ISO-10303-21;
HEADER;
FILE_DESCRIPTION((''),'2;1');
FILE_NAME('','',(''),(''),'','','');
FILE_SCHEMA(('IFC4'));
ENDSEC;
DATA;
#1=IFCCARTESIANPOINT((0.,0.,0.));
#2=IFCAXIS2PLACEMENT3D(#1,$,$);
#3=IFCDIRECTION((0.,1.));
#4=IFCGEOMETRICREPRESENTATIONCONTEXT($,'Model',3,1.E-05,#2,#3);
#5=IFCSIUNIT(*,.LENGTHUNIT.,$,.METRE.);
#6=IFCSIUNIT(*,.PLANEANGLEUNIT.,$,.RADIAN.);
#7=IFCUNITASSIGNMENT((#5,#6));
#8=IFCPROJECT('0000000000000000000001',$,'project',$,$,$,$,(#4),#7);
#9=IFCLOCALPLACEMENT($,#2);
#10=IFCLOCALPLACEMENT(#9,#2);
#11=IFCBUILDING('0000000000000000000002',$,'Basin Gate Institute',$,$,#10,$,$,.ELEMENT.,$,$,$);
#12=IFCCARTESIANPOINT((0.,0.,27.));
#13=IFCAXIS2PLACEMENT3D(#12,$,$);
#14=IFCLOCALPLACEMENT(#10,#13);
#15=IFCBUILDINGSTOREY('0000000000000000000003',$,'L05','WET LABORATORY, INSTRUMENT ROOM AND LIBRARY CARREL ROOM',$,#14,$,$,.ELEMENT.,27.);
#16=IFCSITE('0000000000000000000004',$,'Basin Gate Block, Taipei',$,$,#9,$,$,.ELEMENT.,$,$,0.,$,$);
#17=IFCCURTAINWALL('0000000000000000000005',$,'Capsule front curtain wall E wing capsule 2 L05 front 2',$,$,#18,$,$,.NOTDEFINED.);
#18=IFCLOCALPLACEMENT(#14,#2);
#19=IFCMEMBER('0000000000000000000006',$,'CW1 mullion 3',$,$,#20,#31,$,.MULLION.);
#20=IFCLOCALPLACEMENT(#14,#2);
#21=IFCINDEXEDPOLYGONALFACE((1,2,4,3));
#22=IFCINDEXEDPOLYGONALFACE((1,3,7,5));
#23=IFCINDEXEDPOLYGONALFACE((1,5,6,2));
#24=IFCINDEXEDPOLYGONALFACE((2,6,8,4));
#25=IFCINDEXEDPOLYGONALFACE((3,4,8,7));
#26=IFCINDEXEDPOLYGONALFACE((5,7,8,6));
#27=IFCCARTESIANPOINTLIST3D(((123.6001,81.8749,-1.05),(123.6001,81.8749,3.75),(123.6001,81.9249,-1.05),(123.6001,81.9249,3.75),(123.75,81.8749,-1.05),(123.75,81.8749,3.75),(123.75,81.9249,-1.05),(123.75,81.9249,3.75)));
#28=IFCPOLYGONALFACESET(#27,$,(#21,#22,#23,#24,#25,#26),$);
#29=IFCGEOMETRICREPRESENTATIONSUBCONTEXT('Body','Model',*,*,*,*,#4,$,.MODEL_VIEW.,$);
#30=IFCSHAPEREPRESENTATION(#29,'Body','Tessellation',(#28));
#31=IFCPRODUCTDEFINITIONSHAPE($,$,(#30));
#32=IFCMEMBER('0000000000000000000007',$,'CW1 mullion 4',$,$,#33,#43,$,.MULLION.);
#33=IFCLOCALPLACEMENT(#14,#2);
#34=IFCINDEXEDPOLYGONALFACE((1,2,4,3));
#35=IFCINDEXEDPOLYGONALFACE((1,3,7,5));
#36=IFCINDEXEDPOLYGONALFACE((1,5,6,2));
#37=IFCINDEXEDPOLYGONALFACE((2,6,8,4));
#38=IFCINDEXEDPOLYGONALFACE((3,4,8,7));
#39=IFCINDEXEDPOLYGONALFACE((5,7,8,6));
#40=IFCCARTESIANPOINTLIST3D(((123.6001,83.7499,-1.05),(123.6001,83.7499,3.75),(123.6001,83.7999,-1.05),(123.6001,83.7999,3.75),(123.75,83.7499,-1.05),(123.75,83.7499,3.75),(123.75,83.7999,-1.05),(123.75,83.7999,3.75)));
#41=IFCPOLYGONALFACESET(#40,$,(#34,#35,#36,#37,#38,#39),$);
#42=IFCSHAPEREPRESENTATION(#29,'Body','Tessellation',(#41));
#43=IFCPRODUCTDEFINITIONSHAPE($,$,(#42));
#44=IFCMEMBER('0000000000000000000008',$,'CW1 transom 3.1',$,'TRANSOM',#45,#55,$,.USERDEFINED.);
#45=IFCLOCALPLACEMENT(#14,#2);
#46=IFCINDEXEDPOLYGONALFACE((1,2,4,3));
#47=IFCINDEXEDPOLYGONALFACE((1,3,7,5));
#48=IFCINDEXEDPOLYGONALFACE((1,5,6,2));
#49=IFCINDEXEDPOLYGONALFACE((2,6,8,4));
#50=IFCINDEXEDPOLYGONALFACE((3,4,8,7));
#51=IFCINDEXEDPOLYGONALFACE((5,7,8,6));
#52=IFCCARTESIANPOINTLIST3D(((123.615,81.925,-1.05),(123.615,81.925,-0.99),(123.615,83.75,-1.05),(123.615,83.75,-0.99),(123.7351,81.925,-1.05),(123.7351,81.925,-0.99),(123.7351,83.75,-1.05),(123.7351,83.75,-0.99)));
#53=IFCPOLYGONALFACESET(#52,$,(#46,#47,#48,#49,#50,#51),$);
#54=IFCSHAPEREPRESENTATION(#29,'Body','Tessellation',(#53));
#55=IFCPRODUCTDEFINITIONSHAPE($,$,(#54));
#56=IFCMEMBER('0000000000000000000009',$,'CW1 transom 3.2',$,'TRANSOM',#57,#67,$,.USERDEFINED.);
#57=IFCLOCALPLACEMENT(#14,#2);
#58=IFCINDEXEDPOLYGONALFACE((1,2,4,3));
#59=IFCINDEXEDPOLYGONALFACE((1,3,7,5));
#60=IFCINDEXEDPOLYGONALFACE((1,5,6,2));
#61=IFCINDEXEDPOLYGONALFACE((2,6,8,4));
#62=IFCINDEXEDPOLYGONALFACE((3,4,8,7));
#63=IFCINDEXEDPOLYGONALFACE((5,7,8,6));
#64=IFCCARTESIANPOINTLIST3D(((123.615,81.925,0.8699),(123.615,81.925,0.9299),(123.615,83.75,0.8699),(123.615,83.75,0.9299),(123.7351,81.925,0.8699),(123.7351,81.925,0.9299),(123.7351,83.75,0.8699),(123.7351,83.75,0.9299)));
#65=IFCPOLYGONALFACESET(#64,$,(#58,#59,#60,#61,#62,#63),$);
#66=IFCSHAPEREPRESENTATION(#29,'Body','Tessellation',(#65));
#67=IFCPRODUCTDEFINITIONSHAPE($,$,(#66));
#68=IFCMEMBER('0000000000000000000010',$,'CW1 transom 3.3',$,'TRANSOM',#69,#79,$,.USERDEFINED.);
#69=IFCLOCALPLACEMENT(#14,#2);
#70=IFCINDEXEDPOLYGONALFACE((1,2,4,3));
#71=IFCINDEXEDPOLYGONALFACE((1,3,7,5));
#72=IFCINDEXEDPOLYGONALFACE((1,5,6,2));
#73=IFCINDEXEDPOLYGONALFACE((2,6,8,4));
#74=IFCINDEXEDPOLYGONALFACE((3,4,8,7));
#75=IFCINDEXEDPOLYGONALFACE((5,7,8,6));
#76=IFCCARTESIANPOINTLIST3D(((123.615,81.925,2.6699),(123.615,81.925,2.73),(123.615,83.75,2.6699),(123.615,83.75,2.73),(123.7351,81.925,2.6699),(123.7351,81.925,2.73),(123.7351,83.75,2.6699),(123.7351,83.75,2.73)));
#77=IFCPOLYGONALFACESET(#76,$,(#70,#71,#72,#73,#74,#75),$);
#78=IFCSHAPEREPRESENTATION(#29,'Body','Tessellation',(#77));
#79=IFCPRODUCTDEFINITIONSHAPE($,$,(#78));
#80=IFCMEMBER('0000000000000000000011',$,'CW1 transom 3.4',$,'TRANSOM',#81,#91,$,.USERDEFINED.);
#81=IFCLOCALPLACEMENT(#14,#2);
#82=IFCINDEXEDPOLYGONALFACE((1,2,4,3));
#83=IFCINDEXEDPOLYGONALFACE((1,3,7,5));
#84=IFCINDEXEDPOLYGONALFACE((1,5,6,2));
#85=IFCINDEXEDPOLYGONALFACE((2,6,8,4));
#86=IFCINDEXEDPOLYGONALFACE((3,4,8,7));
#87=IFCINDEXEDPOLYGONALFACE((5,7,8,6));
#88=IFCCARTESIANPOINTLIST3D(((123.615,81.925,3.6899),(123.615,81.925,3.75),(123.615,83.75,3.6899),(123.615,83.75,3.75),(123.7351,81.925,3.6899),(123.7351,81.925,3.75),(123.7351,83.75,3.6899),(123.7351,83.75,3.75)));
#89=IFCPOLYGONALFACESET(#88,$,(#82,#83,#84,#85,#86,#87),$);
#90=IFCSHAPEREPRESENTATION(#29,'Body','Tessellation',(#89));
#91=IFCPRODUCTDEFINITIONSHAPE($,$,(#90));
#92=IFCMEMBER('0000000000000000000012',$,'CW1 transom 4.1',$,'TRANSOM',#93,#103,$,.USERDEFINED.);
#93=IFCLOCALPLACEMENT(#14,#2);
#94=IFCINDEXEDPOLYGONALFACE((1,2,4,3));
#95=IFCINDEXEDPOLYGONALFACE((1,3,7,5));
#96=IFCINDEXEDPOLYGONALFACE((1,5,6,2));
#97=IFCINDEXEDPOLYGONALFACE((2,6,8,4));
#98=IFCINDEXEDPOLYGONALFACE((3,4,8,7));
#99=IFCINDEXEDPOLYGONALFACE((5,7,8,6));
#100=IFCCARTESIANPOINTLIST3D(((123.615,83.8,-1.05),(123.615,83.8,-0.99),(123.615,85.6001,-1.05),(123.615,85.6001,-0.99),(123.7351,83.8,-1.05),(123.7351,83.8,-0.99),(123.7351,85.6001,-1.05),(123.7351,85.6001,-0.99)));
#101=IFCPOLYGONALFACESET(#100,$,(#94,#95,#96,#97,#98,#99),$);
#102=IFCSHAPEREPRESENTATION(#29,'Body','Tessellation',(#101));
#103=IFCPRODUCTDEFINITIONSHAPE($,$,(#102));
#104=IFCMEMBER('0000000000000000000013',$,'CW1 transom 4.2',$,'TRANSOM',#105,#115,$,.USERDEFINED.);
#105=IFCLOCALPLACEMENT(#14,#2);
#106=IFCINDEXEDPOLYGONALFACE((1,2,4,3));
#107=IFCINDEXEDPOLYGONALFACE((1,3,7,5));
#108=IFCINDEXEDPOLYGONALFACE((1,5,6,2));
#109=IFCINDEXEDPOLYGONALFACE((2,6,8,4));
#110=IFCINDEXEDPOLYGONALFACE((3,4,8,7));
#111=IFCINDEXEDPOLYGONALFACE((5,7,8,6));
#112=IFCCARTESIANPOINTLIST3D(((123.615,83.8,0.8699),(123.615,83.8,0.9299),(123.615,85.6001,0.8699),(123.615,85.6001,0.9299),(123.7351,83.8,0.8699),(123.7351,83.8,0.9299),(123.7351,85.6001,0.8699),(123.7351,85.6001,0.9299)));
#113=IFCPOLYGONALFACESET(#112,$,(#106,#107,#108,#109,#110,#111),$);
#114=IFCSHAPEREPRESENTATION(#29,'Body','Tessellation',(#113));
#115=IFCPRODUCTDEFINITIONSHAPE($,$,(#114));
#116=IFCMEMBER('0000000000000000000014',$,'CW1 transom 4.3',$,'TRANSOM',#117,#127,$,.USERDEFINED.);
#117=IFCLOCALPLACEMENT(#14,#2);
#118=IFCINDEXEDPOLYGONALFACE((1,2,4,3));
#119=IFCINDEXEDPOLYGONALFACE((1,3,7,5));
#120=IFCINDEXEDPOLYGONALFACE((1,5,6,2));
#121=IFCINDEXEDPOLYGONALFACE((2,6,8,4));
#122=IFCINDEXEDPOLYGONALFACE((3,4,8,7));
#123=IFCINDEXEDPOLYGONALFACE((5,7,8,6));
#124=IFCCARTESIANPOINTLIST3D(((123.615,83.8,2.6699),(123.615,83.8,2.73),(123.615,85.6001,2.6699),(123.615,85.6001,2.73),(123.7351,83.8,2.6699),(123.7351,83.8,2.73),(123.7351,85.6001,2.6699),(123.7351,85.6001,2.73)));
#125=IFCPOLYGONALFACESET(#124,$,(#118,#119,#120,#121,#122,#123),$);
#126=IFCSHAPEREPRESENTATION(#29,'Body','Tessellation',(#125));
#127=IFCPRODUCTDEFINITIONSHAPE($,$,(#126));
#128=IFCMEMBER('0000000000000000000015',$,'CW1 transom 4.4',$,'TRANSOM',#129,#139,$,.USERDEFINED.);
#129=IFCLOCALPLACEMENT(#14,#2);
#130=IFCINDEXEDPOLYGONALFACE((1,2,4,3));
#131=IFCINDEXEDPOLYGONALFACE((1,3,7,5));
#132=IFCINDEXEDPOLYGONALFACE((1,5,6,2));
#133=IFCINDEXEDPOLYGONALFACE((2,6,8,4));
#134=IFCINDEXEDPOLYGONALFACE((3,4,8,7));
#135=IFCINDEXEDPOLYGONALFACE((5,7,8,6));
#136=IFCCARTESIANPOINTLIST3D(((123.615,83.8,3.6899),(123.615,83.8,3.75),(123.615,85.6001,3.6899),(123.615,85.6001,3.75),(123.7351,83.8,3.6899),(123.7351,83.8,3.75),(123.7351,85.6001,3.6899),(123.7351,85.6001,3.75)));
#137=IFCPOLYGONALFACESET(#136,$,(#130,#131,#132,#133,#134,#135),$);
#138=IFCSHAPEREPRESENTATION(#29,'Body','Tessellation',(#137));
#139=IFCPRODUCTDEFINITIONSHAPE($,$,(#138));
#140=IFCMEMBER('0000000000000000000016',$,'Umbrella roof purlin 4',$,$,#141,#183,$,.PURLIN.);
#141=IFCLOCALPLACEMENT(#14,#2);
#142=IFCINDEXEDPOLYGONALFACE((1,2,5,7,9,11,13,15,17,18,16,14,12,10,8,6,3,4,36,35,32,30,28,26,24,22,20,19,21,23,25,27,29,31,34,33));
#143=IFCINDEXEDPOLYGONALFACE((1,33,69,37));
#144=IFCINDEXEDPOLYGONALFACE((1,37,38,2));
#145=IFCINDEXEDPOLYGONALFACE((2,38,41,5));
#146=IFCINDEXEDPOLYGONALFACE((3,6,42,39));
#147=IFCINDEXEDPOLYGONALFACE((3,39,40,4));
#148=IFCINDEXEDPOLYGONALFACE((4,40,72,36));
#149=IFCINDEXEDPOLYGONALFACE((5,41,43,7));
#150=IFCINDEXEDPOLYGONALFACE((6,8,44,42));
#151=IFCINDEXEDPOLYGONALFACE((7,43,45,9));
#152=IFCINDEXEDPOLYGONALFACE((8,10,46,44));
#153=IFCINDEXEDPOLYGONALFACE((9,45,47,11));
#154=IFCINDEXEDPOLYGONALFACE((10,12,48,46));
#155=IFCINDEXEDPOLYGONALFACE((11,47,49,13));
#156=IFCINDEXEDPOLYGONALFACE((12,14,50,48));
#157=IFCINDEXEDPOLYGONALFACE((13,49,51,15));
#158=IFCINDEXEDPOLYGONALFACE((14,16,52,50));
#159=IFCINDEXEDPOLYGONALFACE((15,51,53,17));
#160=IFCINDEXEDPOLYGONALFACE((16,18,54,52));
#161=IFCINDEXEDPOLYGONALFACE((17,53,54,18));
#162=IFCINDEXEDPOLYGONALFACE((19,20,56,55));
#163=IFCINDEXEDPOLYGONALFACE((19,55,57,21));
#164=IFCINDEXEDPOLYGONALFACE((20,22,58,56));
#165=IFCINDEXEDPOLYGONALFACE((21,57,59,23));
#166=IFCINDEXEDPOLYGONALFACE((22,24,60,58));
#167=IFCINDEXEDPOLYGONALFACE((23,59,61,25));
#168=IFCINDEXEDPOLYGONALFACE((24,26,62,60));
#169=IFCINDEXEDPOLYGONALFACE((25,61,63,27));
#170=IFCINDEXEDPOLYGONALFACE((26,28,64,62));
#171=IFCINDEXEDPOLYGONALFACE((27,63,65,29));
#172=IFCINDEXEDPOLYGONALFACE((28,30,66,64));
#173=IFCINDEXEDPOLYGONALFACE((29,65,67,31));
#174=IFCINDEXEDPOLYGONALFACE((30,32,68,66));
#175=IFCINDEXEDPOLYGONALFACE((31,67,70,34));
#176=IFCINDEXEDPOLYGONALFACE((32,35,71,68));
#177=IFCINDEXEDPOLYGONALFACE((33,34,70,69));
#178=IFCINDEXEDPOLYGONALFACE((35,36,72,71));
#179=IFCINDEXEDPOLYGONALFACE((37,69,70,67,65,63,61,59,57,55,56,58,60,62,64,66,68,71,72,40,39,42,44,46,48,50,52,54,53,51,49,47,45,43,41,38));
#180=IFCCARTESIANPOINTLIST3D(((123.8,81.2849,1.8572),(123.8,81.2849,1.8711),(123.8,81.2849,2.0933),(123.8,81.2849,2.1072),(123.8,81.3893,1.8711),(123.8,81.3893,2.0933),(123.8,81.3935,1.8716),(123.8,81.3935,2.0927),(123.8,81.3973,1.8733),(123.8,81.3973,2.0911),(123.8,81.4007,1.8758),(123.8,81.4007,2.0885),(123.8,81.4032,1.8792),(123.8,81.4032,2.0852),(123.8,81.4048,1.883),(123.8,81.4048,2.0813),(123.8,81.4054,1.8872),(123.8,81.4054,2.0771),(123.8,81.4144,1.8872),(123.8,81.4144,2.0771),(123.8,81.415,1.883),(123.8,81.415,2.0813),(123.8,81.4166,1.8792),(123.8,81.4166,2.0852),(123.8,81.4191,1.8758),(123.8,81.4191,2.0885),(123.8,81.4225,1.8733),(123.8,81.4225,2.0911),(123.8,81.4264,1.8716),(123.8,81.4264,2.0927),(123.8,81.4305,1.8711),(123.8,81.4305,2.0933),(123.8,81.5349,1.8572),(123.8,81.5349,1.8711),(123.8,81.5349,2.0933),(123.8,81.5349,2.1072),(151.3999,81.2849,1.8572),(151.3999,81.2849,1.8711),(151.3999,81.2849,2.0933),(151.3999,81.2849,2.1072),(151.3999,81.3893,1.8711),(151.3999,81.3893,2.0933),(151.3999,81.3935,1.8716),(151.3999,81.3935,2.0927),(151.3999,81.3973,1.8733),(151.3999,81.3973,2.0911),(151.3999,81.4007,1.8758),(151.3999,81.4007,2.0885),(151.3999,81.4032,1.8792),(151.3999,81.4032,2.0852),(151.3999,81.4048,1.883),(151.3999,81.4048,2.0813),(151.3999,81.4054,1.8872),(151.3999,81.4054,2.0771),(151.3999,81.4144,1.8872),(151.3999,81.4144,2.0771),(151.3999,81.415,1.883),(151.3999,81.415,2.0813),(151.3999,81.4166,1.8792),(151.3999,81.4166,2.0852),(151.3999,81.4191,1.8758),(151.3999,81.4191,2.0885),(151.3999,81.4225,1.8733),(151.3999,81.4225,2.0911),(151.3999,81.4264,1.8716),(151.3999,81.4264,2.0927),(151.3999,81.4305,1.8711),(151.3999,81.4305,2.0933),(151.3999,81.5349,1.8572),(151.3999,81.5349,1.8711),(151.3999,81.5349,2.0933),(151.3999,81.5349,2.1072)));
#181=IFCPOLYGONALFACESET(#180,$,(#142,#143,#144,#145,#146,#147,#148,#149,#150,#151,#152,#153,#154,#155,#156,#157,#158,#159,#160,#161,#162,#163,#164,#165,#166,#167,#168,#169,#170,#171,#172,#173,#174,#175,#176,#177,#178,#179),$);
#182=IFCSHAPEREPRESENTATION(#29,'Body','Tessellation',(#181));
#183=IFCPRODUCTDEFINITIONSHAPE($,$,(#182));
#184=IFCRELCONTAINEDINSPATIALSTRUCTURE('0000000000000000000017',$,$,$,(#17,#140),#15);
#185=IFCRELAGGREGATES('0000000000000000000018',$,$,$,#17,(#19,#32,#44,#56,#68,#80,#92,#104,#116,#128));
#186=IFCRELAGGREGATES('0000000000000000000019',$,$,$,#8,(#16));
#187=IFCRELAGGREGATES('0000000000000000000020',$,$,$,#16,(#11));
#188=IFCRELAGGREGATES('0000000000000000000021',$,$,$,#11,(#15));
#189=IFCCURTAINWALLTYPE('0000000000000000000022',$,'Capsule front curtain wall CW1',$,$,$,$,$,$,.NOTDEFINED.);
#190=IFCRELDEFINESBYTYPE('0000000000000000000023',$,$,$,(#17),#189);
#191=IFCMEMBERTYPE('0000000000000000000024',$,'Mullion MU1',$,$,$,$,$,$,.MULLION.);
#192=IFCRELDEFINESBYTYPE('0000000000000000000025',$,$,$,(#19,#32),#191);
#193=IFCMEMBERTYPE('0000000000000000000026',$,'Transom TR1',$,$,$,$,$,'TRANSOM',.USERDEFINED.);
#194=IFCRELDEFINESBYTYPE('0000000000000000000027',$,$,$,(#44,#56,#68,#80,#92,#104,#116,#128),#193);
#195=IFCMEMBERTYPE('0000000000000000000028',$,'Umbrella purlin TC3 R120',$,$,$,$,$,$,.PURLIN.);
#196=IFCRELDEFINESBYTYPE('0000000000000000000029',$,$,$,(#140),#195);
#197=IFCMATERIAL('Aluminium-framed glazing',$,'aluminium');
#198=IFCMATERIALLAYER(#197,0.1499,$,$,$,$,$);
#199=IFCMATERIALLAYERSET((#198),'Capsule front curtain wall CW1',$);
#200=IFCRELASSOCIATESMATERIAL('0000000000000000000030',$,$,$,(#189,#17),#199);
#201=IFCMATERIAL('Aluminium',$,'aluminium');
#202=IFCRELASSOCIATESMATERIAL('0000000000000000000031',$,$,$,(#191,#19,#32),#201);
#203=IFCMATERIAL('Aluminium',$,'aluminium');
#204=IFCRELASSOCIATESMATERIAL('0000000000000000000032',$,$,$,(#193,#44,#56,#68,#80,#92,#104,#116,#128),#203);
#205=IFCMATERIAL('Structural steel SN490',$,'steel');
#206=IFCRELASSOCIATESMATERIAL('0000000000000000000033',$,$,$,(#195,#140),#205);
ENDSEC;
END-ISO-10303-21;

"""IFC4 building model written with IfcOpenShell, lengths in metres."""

from ifc_helpers import new_model, si_unit, direction, frame, origin, origin_2d, place, context, subcontext, project, spatial, rectangle, i_section, extrude, material, layer, layer_set, material_profile, profile_set, type_object, element, aggregate, save


model = new_model("IFC4")

# Units and contexts
model_context = context("Model", 3, precision=1e-05, world=origin(), true_north=direction((0.0, 1.0)))
body_context = subcontext(model_context, "Body", "Model", "MODEL_VIEW")
ifc_project = project(units=[si_unit("LENGTHUNIT", "METRE"), si_unit("PLANEANGLEUNIT", "RADIAN")], contexts=[model_context])

# Site, building, storey
site_placement = place(None, origin())
site = spatial("IfcSite", under=ifc_project, at=site_placement, Name="Basin Gate Block, Taipei", CompositionType="ELEMENT", RefElevation=0.0)
building_placement = place(site_placement, origin())
building = spatial("IfcBuilding", under=site, at=building_placement, Name="Basin Gate Institute", CompositionType="ELEMENT")
storey_placement = place(building_placement, frame((0.0, 0.0, 27.0)))
storey = spatial("IfcBuildingStorey", under=building, at=storey_placement, Name="L05", Description="WET LABORATORY, INSTRUMENT ROOM AND LIBRARY CARREL ROOM", CompositionType="ELEMENT", Elevation=27.0)

# Curtain wall, members
ifc_material_1 = material(Name="Aluminium-framed glazing", Category="aluminium")
ifc_layer_1 = layer(ifc_material_1, 0.1499)
ifc_layer_set_1 = layer_set([ifc_layer_1], Name="Capsule front curtain wall CW1")
curtain_wall_type = type_object("IfcCurtainWallType", Name="Capsule front curtain wall CW1", PredefinedType="NOTDEFINED", material=ifc_layer_set_1)
curtain_wall_placement = place(storey_placement, origin())
curtain_wall = element("IfcCurtainWall", 1, at=curtain_wall_placement, inside=storey, type_object=curtain_wall_type, material=ifc_layer_set_1, Name="Capsule front curtain wall E wing capsule 2 L05 front 2", PredefinedType="NOTDEFINED")
ifc_material_2 = material(Name="Aluminium", Category="aluminium")
ifc_material_profile_1 = material_profile(ifc_material_2, rectangle(XDim=0.1499, YDim=0.05, at=origin_2d()), Name="Mullion MU1 150 x 50")
ifc_profile_set_1 = profile_set([ifc_material_profile_1], Name="Aluminium")
member_type_1 = type_object("IfcMemberType", Name="Mullion MU1", PredefinedType="MULLION", material=ifc_profile_set_1)
member_1_placement = place(storey_placement, frame((123.675, 81.8999, -1.05), z_axis=(0.0, 0.0, 1.0), x_axis=(-1.0, 0.0, 0.0)))
member_1 = element("IfcMember", 2, at=member_1_placement, type_object=member_type_1, material=ifc_profile_set_1, Name="CW1 mullion 3", PredefinedType="MULLION", context=body_context, shape_type="SweptSolid", body=[
    extrude(rectangle(XDim=0.1499, YDim=0.05, at=origin_2d()), origin(), (0.0, 0.0, 1.0), 4.8),
])
member_2_placement = place(storey_placement, frame((123.675, 83.7749, -1.05), z_axis=(0.0, 0.0, 1.0), x_axis=(-1.0, 0.0, 0.0)))
member_2 = element("IfcMember", 3, at=member_2_placement, type_object=member_type_1, material=ifc_profile_set_1, Name="CW1 mullion 4", PredefinedType="MULLION", context=body_context, shape_type="SweptSolid", body=[
    extrude(rectangle(XDim=0.1499, YDim=0.05, at=origin_2d()), origin(), (0.0, 0.0, 1.0), 4.8),
])
ifc_material_3 = material(Name="Aluminium", Category="aluminium")
ifc_material_profile_2 = material_profile(ifc_material_3, rectangle(XDim=0.1201, YDim=0.0601, at=origin_2d()), Name="Transom TR1 120 x 60")
ifc_profile_set_2 = profile_set([ifc_material_profile_2], Name="Aluminium")
member_type_2 = type_object("IfcMemberType", Name="Transom TR1", ElementType="TRANSOM", PredefinedType="USERDEFINED", material=ifc_profile_set_2)
member_3_placement = place(storey_placement, frame((123.675, 81.925, -1.02), z_axis=(0.0, 1.0, 0.0), x_axis=(-1.0, 0.0, 0.0)))
member_3 = element("IfcMember", 4, at=member_3_placement, type_object=member_type_2, material=ifc_profile_set_2, Name="CW1 transom 3.1", ObjectType="TRANSOM", PredefinedType="USERDEFINED", context=body_context, shape_type="SweptSolid", body=[
    extrude(rectangle(XDim=0.1201, YDim=0.0601, at=origin_2d()), origin(), (0.0, 0.0, 1.0), 1.825),
])
member_4_placement = place(storey_placement, frame((123.675, 81.925, 0.8999), z_axis=(0.0, 1.0, 0.0), x_axis=(-1.0, 0.0, 0.0)))
member_4 = element("IfcMember", 5, at=member_4_placement, type_object=member_type_2, material=ifc_profile_set_2, Name="CW1 transom 3.2", ObjectType="TRANSOM", PredefinedType="USERDEFINED", context=body_context, shape_type="SweptSolid", body=[
    extrude(rectangle(XDim=0.1201, YDim=0.0601, at=origin_2d()), origin(), (0.0, 0.0, 1.0), 1.825),
])
member_5_placement = place(storey_placement, frame((123.675, 81.925, 2.7), z_axis=(0.0, 1.0, 0.0), x_axis=(-1.0, 0.0, 0.0)))
member_5 = element("IfcMember", 6, at=member_5_placement, type_object=member_type_2, material=ifc_profile_set_2, Name="CW1 transom 3.3", ObjectType="TRANSOM", PredefinedType="USERDEFINED", context=body_context, shape_type="SweptSolid", body=[
    extrude(rectangle(XDim=0.1201, YDim=0.0601, at=origin_2d()), origin(), (0.0, 0.0, 1.0), 1.825),
])
member_6_placement = place(storey_placement, frame((123.675, 81.925, 3.72), z_axis=(0.0, 1.0, 0.0), x_axis=(-1.0, 0.0, 0.0)))
member_6 = element("IfcMember", 7, at=member_6_placement, type_object=member_type_2, material=ifc_profile_set_2, Name="CW1 transom 3.4", ObjectType="TRANSOM", PredefinedType="USERDEFINED", context=body_context, shape_type="SweptSolid", body=[
    extrude(rectangle(XDim=0.1201, YDim=0.0601, at=origin_2d()), origin(), (0.0, 0.0, 1.0), 1.825),
])
member_7_placement = place(storey_placement, frame((123.675, 83.8, -1.02), z_axis=(0.0, 1.0, 0.0), x_axis=(-1.0, 0.0, 0.0)))
member_7 = element("IfcMember", 8, at=member_7_placement, type_object=member_type_2, material=ifc_profile_set_2, Name="CW1 transom 4.1", ObjectType="TRANSOM", PredefinedType="USERDEFINED", context=body_context, shape_type="SweptSolid", body=[
    extrude(rectangle(XDim=0.1201, YDim=0.0601, at=origin_2d()), origin(), (0.0, 0.0, 1.0), 1.8),
])
member_8_placement = place(storey_placement, frame((123.675, 83.8, 0.8999), z_axis=(0.0, 1.0, 0.0), x_axis=(-1.0, 0.0, 0.0)))
member_8 = element("IfcMember", 9, at=member_8_placement, type_object=member_type_2, material=ifc_profile_set_2, Name="CW1 transom 4.2", ObjectType="TRANSOM", PredefinedType="USERDEFINED", context=body_context, shape_type="SweptSolid", body=[
    extrude(rectangle(XDim=0.1201, YDim=0.0601, at=origin_2d()), origin(), (0.0, 0.0, 1.0), 1.8),
])
member_9_placement = place(storey_placement, frame((123.675, 83.8, 2.7), z_axis=(0.0, 1.0, 0.0), x_axis=(-1.0, 0.0, 0.0)))
member_9 = element("IfcMember", 10, at=member_9_placement, type_object=member_type_2, material=ifc_profile_set_2, Name="CW1 transom 4.3", ObjectType="TRANSOM", PredefinedType="USERDEFINED", context=body_context, shape_type="SweptSolid", body=[
    extrude(rectangle(XDim=0.1201, YDim=0.0601, at=origin_2d()), origin(), (0.0, 0.0, 1.0), 1.8),
])
member_10_placement = place(storey_placement, frame((123.675, 83.8, 3.72), z_axis=(0.0, 1.0, 0.0), x_axis=(-1.0, 0.0, 0.0)))
member_10 = element("IfcMember", 11, at=member_10_placement, type_object=member_type_2, material=ifc_profile_set_2, Name="CW1 transom 4.4", ObjectType="TRANSOM", PredefinedType="USERDEFINED", context=body_context, shape_type="SweptSolid", body=[
    extrude(rectangle(XDim=0.1201, YDim=0.0601, at=origin_2d()), origin(), (0.0, 0.0, 1.0), 1.8),
])

# Member
ifc_material_4 = material(Name="Structural steel SN490", Category="steel")
ifc_material_profile_3 = material_profile(ifc_material_4, i_section(OverallWidth=0.25, OverallDepth=0.25, WebThickness=0.009, FlangeThickness=0.0139, FilletRadius=0.0161, at=origin_2d()), Name="H250x250")
ifc_profile_set_3 = profile_set([ifc_material_profile_3], Name="Structural steel SN490")
member_type_3 = type_object("IfcMemberType", Name="Umbrella purlin TC3 R120", PredefinedType="PURLIN", material=ifc_profile_set_3)
member_11_placement = place(storey_placement, frame((123.8, 81.4099, 1.9822), z_axis=(1.0, 0.0, 0.0), x_axis=(0.0, 1.0, 0.0)))
element("IfcMember", 12, at=member_11_placement, inside=storey, type_object=member_type_3, material=ifc_profile_set_3, Name="Umbrella roof purlin 4", PredefinedType="PURLIN", context=body_context, shape_type="SweptSolid", body=[
    extrude(i_section(OverallWidth=0.25, OverallDepth=0.25, WebThickness=0.009, FlangeThickness=0.0139, FilletRadius=0.0161, at=origin_2d()), origin(), (0.0, 0.0, 1.0), 27.5999),
])

aggregate(curtain_wall, [member_1, member_2, member_3, member_4, member_5, member_6, member_7, member_8, member_9, member_10])

save(model, "model.ifc")
